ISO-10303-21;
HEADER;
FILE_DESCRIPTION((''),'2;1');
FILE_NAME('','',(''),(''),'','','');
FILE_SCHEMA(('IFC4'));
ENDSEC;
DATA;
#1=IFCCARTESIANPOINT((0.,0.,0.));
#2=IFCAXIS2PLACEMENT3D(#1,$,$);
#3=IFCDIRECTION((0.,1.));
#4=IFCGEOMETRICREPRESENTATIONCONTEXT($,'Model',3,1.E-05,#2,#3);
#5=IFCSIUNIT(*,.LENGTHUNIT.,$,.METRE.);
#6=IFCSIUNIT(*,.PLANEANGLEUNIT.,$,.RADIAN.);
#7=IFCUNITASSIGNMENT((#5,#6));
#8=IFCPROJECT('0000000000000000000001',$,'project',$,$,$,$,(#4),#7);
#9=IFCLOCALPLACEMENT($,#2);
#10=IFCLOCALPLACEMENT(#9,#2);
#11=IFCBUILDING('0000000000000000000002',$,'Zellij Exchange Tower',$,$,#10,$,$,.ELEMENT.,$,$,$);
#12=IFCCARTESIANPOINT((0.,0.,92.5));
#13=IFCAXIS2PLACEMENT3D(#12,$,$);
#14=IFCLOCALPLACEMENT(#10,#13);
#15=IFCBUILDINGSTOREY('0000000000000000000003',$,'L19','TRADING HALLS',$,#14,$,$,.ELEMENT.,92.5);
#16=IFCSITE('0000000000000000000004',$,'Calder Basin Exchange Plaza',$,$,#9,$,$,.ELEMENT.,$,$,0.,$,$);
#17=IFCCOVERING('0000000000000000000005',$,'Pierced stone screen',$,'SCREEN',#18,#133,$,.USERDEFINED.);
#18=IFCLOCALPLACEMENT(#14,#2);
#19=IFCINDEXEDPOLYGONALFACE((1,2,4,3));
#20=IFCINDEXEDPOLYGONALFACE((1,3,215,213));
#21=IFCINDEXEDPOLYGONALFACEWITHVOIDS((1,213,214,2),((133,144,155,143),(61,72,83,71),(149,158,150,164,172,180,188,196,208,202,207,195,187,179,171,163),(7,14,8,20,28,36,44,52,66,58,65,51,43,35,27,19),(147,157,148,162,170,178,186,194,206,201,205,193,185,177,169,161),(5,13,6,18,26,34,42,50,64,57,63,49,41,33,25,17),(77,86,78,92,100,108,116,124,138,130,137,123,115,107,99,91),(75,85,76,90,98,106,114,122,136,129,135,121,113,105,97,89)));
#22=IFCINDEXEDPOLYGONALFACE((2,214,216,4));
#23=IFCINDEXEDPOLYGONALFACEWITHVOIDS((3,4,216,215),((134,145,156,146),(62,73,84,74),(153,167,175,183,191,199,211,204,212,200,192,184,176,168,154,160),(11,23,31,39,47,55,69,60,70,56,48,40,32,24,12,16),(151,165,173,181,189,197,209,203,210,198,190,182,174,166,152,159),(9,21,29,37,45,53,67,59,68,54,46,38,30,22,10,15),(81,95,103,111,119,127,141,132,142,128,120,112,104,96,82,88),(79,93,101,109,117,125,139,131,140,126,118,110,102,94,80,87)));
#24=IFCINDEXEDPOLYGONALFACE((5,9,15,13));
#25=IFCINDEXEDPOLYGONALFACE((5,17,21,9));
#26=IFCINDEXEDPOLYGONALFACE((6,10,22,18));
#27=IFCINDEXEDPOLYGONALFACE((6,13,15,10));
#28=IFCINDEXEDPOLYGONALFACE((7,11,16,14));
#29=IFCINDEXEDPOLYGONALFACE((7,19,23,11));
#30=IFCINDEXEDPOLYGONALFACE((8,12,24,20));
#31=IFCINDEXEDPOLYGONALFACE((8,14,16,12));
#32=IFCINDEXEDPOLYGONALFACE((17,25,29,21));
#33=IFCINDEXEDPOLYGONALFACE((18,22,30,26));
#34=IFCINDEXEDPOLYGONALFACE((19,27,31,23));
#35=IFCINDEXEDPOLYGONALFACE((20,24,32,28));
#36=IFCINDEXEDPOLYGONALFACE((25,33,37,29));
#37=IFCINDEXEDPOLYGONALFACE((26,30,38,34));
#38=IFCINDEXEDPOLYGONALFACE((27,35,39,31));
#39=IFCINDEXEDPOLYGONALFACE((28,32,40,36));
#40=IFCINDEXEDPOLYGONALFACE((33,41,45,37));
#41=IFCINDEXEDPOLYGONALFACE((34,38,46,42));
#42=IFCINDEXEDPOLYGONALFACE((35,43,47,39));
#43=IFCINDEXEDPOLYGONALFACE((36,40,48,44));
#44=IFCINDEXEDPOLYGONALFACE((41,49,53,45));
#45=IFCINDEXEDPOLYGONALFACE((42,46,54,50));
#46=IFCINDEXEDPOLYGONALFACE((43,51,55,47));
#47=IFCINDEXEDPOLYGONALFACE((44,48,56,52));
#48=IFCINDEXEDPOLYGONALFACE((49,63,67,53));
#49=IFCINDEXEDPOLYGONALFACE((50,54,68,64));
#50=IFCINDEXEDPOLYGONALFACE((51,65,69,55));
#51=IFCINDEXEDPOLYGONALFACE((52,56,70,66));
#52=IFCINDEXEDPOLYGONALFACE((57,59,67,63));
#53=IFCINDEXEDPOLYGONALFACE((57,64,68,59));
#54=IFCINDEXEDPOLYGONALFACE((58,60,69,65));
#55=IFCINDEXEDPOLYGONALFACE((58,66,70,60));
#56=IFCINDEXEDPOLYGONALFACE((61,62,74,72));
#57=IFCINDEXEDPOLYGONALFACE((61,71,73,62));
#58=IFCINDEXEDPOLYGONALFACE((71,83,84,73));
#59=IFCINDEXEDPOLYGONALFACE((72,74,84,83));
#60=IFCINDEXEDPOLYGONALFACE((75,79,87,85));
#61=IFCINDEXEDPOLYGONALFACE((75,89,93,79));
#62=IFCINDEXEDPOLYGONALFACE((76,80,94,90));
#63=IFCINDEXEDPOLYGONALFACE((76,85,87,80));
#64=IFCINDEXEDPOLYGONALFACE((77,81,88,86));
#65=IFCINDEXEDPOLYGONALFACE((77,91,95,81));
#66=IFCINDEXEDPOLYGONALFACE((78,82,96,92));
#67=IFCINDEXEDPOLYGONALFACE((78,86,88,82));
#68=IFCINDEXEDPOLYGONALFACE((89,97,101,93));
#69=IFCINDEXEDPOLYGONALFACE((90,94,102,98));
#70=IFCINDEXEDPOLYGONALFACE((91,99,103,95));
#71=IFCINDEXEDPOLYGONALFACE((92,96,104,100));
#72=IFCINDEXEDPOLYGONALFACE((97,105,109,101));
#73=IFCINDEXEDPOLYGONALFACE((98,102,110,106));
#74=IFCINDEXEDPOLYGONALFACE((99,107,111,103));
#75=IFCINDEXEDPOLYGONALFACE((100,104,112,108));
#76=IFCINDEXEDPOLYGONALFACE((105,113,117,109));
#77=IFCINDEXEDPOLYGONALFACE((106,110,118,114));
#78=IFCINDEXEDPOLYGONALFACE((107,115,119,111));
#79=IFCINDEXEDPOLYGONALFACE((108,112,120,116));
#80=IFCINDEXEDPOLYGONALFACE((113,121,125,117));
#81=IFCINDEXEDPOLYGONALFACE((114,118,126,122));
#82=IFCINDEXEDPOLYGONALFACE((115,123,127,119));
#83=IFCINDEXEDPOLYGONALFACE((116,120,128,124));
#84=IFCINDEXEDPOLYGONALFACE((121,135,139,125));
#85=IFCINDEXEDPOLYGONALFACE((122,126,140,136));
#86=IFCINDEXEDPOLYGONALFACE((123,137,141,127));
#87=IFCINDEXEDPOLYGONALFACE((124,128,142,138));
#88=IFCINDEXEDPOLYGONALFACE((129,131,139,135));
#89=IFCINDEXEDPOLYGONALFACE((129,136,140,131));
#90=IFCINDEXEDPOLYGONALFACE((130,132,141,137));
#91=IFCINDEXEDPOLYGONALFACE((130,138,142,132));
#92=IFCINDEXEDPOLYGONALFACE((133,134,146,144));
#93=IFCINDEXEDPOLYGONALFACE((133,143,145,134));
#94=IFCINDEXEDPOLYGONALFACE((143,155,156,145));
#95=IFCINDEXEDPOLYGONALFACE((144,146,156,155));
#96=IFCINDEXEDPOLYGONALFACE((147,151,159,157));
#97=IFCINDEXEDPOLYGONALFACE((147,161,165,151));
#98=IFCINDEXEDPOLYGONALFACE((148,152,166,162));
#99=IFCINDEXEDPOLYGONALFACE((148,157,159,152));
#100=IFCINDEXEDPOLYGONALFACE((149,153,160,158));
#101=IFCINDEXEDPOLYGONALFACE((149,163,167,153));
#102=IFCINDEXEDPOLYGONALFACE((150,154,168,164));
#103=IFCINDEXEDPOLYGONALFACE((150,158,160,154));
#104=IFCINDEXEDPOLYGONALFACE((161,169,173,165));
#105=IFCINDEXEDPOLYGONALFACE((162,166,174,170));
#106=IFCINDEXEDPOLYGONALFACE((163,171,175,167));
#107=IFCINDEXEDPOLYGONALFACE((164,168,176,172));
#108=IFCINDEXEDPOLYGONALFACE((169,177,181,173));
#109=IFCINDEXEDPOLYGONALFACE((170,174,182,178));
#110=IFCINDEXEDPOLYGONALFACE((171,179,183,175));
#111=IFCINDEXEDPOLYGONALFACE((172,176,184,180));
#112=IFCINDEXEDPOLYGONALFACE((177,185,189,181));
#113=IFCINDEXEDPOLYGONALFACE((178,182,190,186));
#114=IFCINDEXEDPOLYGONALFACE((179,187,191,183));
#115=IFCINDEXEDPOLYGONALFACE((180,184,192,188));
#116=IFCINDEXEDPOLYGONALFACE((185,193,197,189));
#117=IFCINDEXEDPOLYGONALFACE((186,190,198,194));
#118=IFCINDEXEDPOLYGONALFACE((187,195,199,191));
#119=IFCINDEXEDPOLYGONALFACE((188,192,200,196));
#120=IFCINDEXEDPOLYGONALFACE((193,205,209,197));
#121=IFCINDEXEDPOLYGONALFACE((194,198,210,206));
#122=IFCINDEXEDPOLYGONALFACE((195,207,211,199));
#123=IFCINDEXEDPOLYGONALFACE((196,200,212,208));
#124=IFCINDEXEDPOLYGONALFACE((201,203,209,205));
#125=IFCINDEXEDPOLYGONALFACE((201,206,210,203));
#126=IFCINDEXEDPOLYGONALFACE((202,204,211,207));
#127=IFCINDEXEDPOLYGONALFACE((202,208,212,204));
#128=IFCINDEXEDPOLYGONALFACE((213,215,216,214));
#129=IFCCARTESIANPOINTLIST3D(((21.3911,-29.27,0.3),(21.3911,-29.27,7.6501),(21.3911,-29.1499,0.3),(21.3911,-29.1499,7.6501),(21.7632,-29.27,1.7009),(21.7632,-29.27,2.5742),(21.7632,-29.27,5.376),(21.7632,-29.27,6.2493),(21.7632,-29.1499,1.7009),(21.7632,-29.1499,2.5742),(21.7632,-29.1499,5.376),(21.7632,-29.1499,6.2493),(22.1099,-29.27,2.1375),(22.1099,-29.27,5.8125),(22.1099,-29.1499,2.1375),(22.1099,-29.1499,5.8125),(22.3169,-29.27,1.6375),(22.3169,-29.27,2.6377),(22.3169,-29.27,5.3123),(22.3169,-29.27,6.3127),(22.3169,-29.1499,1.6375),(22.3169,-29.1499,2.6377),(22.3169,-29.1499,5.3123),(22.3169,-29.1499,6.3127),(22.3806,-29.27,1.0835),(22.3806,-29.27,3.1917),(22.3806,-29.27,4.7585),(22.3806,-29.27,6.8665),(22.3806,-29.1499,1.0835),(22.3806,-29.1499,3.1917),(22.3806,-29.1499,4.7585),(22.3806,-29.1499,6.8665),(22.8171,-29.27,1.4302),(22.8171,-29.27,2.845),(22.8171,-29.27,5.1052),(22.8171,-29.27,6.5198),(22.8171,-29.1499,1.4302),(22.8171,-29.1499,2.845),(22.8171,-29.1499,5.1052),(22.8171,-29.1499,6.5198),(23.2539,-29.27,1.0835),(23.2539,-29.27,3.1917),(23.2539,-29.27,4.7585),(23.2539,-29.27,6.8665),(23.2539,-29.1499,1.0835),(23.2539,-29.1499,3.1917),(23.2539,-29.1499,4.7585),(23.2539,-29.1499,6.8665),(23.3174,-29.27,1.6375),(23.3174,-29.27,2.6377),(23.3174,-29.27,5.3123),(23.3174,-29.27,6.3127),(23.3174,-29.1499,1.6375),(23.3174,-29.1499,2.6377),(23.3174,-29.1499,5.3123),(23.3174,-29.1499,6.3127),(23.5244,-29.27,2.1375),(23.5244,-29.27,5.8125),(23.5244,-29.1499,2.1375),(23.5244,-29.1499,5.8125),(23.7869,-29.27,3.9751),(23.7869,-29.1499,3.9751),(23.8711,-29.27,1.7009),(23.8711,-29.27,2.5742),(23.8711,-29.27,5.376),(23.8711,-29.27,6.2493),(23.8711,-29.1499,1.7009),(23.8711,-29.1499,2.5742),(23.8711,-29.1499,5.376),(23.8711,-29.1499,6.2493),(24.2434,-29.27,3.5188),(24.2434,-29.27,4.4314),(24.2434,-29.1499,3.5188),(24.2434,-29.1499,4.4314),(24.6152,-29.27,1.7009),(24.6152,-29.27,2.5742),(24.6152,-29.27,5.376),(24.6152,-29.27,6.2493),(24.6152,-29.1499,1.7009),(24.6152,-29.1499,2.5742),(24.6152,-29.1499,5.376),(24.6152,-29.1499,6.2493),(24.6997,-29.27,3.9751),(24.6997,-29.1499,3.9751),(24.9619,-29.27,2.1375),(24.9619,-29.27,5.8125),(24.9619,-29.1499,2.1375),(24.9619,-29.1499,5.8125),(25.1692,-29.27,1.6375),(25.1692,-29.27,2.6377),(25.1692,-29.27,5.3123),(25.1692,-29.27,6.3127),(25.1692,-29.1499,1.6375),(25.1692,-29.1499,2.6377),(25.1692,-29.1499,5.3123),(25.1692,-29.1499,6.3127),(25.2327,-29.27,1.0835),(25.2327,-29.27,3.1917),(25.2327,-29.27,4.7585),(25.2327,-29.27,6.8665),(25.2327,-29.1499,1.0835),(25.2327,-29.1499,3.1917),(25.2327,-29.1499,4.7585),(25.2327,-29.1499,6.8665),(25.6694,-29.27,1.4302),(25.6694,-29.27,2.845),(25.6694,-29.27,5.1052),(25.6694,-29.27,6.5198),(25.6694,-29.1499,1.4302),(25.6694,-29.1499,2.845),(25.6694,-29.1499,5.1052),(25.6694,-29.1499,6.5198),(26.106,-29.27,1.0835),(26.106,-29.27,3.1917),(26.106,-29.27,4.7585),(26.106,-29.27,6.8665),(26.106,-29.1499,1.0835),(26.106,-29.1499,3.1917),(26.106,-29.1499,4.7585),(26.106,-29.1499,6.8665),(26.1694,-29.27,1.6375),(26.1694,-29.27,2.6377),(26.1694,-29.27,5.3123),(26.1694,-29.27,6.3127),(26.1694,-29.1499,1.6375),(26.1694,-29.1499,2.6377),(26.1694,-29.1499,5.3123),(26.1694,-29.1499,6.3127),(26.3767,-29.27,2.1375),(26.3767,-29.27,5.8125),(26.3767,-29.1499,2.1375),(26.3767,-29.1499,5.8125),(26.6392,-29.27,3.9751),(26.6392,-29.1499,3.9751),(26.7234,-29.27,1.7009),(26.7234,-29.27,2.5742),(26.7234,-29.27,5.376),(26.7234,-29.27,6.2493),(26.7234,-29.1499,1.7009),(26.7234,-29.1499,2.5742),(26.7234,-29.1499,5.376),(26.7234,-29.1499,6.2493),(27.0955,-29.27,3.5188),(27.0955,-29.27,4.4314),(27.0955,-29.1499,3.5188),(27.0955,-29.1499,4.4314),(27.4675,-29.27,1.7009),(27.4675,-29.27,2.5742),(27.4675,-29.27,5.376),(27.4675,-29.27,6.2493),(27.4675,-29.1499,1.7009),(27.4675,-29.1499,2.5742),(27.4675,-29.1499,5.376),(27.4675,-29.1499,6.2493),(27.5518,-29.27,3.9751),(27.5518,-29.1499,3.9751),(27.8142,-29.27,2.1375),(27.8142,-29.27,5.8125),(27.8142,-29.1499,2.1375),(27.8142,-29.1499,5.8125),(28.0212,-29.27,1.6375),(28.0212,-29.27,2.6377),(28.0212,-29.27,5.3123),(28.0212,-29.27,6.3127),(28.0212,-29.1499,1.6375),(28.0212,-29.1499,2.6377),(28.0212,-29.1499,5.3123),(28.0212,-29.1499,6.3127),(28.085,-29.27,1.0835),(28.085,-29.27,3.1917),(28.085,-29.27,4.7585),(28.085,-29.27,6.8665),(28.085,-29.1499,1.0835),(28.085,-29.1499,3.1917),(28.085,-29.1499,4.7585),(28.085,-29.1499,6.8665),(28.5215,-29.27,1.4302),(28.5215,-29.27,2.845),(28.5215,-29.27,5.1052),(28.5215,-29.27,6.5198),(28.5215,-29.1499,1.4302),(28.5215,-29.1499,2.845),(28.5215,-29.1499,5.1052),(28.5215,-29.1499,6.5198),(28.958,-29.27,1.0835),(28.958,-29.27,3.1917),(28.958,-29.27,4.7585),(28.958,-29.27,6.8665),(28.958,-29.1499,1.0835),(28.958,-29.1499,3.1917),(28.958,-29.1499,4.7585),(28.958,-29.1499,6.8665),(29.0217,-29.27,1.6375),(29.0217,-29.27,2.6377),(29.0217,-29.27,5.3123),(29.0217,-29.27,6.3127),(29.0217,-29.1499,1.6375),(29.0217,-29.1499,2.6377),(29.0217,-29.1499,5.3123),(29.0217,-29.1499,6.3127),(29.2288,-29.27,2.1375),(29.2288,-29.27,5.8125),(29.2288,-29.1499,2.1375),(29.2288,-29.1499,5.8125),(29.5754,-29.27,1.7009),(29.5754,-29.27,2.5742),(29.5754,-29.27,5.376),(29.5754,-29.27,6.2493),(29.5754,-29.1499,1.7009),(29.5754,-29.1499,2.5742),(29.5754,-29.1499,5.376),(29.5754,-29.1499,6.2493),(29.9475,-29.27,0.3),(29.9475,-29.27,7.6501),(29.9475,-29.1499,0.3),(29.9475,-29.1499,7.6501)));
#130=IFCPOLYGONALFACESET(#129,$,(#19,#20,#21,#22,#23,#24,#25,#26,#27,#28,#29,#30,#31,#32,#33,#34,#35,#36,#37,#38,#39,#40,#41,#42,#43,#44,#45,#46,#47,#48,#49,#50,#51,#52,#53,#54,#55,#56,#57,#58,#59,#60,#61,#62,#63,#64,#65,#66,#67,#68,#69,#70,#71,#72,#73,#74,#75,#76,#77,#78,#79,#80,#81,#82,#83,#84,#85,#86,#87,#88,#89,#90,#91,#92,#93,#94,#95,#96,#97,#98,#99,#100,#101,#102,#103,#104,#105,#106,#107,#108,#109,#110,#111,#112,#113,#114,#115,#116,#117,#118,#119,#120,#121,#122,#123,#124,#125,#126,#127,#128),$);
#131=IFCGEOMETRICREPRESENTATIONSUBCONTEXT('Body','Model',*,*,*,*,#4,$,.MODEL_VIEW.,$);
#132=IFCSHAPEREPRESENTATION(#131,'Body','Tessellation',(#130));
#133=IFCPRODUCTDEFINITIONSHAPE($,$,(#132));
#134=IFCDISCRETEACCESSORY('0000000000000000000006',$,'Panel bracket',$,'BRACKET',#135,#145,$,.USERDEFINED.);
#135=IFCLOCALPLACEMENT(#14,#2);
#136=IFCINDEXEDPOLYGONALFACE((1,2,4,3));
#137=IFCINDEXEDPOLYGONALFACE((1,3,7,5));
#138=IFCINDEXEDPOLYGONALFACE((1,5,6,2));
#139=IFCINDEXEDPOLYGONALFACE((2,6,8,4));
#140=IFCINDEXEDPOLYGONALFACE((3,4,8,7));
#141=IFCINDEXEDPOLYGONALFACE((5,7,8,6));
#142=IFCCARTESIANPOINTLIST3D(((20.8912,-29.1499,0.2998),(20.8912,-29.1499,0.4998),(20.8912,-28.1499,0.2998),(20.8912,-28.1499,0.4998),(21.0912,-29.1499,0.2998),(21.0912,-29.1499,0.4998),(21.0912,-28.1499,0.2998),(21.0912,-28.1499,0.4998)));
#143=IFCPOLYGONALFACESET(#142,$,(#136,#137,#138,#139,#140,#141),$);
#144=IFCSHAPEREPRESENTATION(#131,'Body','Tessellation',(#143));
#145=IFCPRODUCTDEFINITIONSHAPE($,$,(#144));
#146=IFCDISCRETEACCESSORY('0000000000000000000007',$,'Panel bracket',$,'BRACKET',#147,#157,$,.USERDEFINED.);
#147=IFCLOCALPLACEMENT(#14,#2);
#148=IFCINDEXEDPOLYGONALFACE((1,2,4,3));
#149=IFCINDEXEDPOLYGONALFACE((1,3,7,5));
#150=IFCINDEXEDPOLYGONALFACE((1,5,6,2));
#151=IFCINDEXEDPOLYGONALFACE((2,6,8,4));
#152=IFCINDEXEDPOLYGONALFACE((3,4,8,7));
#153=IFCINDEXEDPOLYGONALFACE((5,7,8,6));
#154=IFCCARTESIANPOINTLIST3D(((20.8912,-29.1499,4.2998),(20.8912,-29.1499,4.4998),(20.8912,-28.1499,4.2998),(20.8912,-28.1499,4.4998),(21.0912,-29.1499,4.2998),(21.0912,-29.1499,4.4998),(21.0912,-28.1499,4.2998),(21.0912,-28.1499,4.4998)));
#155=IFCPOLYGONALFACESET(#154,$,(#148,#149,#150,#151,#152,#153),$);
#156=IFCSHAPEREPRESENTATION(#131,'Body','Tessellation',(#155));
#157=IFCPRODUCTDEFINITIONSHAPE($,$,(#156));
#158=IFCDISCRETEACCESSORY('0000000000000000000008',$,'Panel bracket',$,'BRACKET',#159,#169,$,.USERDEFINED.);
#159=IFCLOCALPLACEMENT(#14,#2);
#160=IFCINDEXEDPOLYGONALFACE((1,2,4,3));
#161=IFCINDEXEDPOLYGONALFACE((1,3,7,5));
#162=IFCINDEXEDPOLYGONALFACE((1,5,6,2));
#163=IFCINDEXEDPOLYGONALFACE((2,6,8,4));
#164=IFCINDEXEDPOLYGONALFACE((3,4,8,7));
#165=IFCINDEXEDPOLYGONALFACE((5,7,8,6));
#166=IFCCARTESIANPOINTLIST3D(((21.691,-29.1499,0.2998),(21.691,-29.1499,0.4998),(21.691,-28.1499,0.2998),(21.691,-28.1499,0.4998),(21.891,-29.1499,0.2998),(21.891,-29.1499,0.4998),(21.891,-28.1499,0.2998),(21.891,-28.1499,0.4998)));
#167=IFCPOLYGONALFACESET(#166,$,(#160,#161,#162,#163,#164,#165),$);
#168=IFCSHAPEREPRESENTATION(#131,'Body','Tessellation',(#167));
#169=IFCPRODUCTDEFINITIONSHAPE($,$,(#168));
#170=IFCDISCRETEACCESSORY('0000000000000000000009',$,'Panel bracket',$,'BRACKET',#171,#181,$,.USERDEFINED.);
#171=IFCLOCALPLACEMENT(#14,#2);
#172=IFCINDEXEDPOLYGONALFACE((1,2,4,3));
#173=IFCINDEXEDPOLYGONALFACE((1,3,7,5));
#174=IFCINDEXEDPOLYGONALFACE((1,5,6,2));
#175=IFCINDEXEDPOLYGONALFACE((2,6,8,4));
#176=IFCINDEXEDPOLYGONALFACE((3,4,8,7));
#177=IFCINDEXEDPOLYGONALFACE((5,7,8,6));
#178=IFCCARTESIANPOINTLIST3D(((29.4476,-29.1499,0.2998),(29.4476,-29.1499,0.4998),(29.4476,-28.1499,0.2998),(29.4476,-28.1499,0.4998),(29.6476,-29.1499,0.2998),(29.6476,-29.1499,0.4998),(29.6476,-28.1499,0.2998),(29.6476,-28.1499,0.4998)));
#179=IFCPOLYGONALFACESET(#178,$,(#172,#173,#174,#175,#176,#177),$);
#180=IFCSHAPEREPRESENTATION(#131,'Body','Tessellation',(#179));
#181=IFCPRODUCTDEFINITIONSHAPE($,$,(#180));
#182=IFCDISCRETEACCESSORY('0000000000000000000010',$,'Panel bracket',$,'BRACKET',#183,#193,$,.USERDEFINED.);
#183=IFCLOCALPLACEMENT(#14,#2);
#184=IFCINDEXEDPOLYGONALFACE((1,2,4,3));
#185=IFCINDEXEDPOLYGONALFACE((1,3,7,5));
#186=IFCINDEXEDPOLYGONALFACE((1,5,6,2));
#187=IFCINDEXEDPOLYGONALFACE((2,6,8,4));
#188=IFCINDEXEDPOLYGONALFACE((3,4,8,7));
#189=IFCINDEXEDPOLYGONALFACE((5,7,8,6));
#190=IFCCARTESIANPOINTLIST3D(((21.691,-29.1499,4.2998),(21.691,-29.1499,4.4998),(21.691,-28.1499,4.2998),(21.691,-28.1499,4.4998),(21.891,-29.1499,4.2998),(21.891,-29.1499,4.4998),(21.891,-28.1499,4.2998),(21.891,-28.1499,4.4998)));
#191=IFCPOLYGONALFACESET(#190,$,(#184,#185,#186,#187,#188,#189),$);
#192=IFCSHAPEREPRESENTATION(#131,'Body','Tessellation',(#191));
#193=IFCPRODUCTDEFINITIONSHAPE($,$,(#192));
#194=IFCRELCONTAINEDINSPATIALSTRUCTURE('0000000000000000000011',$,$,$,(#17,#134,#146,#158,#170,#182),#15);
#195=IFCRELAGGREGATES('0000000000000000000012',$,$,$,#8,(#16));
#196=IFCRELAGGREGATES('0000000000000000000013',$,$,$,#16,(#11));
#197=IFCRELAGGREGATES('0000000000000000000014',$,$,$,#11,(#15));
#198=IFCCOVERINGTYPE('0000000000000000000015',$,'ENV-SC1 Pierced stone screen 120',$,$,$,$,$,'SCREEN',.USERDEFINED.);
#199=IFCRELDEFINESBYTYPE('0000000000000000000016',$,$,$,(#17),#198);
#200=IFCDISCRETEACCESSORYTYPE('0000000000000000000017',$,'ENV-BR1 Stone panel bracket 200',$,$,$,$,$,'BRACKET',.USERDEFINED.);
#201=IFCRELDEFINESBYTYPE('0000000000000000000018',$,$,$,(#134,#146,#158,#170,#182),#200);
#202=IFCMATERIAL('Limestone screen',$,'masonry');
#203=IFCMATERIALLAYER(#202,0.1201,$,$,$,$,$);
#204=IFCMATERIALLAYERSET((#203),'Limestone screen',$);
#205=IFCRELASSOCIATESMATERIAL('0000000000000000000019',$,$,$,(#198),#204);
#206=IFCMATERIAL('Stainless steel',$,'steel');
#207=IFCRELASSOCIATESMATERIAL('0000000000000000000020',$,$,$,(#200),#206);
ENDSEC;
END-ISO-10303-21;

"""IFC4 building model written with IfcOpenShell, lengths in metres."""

from ifc_helpers import new_model, si_unit, direction, frame, origin, origin_2d, place, context, subcontext, project, spatial, polyline, rectangle, outline, extrude, material, layer, layer_set, type_object, element, save


model = new_model("IFC4")

# Units and contexts
model_context = context("Model", 3, precision=1e-05, world=origin(), true_north=direction((0.0, 1.0)))
body_context = subcontext(model_context, "Body", "Model", "MODEL_VIEW")
ifc_project = project(units=[si_unit("LENGTHUNIT", "METRE"), si_unit("PLANEANGLEUNIT", "RADIAN")], contexts=[model_context])

# Site, building, storey
site_placement = place(None, origin())
site = spatial("IfcSite", under=ifc_project, at=site_placement, Name="Calder Basin Exchange Plaza", CompositionType="ELEMENT", RefElevation=0.0)
building_placement = place(site_placement, origin())
building = spatial("IfcBuilding", under=site, at=building_placement, Name="Zellij Exchange Tower", CompositionType="ELEMENT")
storey_placement = place(building_placement, frame((0.0, 0.0, 92.5)))
storey = spatial("IfcBuildingStorey", under=building, at=storey_placement, Name="L19", Description="TRADING HALLS", CompositionType="ELEMENT", Elevation=92.5)

# Covering
ifc_material_1 = material(Name="Limestone screen", Category="masonry")
ifc_layer = layer(ifc_material_1, 0.1201)
ifc_layer_set = layer_set([ifc_layer], Name="Limestone screen")
covering_type = type_object("IfcCoveringType", Name="ENV-SC1 Pierced stone screen 120", ElementType="SCREEN", PredefinedType="USERDEFINED", material=ifc_layer_set)
covering_placement = place(storey_placement, frame((21.3911, -29.21, 0.3), z_axis=(0.0, 0.0, 1.0), x_axis=(1.0, 0.0, 0.0)))
element("IfcCovering", 1, at=covering_placement, inside=storey, type_object=covering_type, Name="Pierced stone screen", ObjectType="SCREEN", PredefinedType="USERDEFINED", context=body_context, shape_type="SweptSolid", body=[
    extrude(outline(polyline([(0.0, 0.0), (8.5564, 0.0), (8.5564, 7.3501), (0.0, 7.3501), (0.0, 0.0)]), holes=[polyline([(2.48, 2.2742), (1.9263, 2.3376), (1.8628, 2.8916), (1.426, 2.5449), (0.9895, 2.8916), (0.9258, 2.3376), (0.3721, 2.2742), (0.7188, 1.8374), (0.3721, 1.4009), (0.9258, 1.3374), (0.9895, 0.7834), (1.426, 1.1301), (1.8628, 0.7834), (1.9263, 1.3374), (2.48, 1.4009), (2.1333, 1.8374), (2.48, 2.2742)]), polyline([(2.48, 5.9492), (1.9263, 6.0127), (1.8628, 6.5664), (1.426, 6.2197), (0.9895, 6.5664), (0.9258, 6.0127), (0.3721, 5.9492), (0.7188, 5.5125), (0.3721, 5.0759), (0.9258, 5.0122), (0.9895, 4.4585), (1.426, 4.8052), (1.8628, 4.4585), (1.9263, 5.0122), (2.48, 5.0759), (2.1333, 5.5125), (2.48, 5.9492)]), polyline([(5.3323, 2.2742), (4.7783, 2.3376), (4.7148, 2.8916), (4.2783, 2.5449), (3.8416, 2.8916), (3.7781, 2.3376), (3.2241, 2.2742), (3.5708, 1.8374), (3.2241, 1.4009), (3.7781, 1.3374), (3.8416, 0.7834), (4.2783, 1.1301), (4.7148, 0.7834), (4.7783, 1.3374), (5.3323, 1.4009), (4.9856, 1.8374), (5.3323, 2.2742)]), polyline([(5.3323, 5.9492), (4.7783, 6.0127), (4.7148, 6.5664), (4.2783, 6.2197), (3.8416, 6.5664), (3.7781, 6.0127), (3.2241, 5.9492), (3.5708, 5.5125), (3.2241, 5.0759), (3.7781, 5.0122), (3.8416, 4.4585), (4.2783, 4.8052), (4.7148, 4.4585), (4.7783, 5.0122), (5.3323, 5.0759), (4.9856, 5.5125), (5.3323, 5.9492)]), polyline([(8.1843, 2.2742), (7.6306, 2.3376), (7.5669, 2.8916), (7.1304, 2.5449), (6.6938, 2.8916), (6.6301, 2.3376), (6.0764, 2.2742), (6.4231, 1.8374), (6.0764, 1.4009), (6.6301, 1.3374), (6.6938, 0.7834), (7.1304, 1.1301), (7.5669, 0.7834), (7.6306, 1.3374), (8.1843, 1.4009), (7.8376, 1.8374), (8.1843, 2.2742)]), polyline([(8.1843, 5.9492), (7.6306, 6.0127), (7.5669, 6.5664), (7.1304, 6.2197), (6.6938, 6.5664), (6.6301, 6.0127), (6.0764, 5.9492), (6.4231, 5.5125), (6.0764, 5.0759), (6.6301, 5.0122), (6.6938, 4.4585), (7.1304, 4.8052), (7.5669, 4.4585), (7.6306, 5.0122), (8.1843, 5.0759), (7.8376, 5.5125), (8.1843, 5.9492)]), polyline([(3.3086, 3.675), (2.8523, 4.1313), (2.3958, 3.675), (2.8523, 3.2188), (3.3086, 3.675)]), polyline([(6.1606, 3.675), (5.7043, 4.1313), (5.248, 3.675), (5.7043, 3.2188), (6.1606, 3.675)])]), frame((0.0, 0.0601, 0.0), z_axis=(0.0, -1.0, 0.0), x_axis=(1.0, 0.0, 0.0)), (0.0, 0.0, 1.0), 0.1201),
])

# Discrete accessories
ifc_material_2 = material(Name="Stainless steel", Category="steel")
discrete_accessory_type = type_object("IfcDiscreteAccessoryType", Name="ENV-BR1 Stone panel bracket 200", ElementType="BRACKET", PredefinedType="USERDEFINED", material=ifc_material_2)
for number, where, z_axis, x_axis, name in (
    (2, (20.9912, -28.6499, 0.2998), (0.0, 0.0, 1.0), (1.0, 0.0, 0.0), "Panel bracket"),
    (3, (20.9912, -28.6499, 4.2998), (0.0, 0.0, 1.0), (1.0, 0.0, 0.0), "Panel bracket"),
    (4, (21.791, -28.6499, 0.2998), (0.0, 0.0, 1.0), (1.0, 0.0, 0.0), "Panel bracket"),
    (5, (29.5476, -28.6499, 0.2998), (0.0, 0.0, 1.0), (1.0, 0.0, 0.0), "Panel bracket"),
    (6, (21.791, -28.6499, 4.2998), (0.0, 0.0, 1.0), (1.0, 0.0, 0.0), "Panel bracket"),
):
    element("IfcDiscreteAccessory", number, at=place(storey_placement, frame(where, z_axis=z_axis, x_axis=x_axis)), inside=storey, type_object=discrete_accessory_type, Name=name, ObjectType="BRACKET", PredefinedType="USERDEFINED", context=body_context, shape_type="SweptSolid", body=[
        extrude(rectangle(XDim=0.2, YDim=1.0, at=origin_2d()), origin(), (0.0, 0.0, 1.0), 0.2),
    ])

save(model, "model.ifc")
